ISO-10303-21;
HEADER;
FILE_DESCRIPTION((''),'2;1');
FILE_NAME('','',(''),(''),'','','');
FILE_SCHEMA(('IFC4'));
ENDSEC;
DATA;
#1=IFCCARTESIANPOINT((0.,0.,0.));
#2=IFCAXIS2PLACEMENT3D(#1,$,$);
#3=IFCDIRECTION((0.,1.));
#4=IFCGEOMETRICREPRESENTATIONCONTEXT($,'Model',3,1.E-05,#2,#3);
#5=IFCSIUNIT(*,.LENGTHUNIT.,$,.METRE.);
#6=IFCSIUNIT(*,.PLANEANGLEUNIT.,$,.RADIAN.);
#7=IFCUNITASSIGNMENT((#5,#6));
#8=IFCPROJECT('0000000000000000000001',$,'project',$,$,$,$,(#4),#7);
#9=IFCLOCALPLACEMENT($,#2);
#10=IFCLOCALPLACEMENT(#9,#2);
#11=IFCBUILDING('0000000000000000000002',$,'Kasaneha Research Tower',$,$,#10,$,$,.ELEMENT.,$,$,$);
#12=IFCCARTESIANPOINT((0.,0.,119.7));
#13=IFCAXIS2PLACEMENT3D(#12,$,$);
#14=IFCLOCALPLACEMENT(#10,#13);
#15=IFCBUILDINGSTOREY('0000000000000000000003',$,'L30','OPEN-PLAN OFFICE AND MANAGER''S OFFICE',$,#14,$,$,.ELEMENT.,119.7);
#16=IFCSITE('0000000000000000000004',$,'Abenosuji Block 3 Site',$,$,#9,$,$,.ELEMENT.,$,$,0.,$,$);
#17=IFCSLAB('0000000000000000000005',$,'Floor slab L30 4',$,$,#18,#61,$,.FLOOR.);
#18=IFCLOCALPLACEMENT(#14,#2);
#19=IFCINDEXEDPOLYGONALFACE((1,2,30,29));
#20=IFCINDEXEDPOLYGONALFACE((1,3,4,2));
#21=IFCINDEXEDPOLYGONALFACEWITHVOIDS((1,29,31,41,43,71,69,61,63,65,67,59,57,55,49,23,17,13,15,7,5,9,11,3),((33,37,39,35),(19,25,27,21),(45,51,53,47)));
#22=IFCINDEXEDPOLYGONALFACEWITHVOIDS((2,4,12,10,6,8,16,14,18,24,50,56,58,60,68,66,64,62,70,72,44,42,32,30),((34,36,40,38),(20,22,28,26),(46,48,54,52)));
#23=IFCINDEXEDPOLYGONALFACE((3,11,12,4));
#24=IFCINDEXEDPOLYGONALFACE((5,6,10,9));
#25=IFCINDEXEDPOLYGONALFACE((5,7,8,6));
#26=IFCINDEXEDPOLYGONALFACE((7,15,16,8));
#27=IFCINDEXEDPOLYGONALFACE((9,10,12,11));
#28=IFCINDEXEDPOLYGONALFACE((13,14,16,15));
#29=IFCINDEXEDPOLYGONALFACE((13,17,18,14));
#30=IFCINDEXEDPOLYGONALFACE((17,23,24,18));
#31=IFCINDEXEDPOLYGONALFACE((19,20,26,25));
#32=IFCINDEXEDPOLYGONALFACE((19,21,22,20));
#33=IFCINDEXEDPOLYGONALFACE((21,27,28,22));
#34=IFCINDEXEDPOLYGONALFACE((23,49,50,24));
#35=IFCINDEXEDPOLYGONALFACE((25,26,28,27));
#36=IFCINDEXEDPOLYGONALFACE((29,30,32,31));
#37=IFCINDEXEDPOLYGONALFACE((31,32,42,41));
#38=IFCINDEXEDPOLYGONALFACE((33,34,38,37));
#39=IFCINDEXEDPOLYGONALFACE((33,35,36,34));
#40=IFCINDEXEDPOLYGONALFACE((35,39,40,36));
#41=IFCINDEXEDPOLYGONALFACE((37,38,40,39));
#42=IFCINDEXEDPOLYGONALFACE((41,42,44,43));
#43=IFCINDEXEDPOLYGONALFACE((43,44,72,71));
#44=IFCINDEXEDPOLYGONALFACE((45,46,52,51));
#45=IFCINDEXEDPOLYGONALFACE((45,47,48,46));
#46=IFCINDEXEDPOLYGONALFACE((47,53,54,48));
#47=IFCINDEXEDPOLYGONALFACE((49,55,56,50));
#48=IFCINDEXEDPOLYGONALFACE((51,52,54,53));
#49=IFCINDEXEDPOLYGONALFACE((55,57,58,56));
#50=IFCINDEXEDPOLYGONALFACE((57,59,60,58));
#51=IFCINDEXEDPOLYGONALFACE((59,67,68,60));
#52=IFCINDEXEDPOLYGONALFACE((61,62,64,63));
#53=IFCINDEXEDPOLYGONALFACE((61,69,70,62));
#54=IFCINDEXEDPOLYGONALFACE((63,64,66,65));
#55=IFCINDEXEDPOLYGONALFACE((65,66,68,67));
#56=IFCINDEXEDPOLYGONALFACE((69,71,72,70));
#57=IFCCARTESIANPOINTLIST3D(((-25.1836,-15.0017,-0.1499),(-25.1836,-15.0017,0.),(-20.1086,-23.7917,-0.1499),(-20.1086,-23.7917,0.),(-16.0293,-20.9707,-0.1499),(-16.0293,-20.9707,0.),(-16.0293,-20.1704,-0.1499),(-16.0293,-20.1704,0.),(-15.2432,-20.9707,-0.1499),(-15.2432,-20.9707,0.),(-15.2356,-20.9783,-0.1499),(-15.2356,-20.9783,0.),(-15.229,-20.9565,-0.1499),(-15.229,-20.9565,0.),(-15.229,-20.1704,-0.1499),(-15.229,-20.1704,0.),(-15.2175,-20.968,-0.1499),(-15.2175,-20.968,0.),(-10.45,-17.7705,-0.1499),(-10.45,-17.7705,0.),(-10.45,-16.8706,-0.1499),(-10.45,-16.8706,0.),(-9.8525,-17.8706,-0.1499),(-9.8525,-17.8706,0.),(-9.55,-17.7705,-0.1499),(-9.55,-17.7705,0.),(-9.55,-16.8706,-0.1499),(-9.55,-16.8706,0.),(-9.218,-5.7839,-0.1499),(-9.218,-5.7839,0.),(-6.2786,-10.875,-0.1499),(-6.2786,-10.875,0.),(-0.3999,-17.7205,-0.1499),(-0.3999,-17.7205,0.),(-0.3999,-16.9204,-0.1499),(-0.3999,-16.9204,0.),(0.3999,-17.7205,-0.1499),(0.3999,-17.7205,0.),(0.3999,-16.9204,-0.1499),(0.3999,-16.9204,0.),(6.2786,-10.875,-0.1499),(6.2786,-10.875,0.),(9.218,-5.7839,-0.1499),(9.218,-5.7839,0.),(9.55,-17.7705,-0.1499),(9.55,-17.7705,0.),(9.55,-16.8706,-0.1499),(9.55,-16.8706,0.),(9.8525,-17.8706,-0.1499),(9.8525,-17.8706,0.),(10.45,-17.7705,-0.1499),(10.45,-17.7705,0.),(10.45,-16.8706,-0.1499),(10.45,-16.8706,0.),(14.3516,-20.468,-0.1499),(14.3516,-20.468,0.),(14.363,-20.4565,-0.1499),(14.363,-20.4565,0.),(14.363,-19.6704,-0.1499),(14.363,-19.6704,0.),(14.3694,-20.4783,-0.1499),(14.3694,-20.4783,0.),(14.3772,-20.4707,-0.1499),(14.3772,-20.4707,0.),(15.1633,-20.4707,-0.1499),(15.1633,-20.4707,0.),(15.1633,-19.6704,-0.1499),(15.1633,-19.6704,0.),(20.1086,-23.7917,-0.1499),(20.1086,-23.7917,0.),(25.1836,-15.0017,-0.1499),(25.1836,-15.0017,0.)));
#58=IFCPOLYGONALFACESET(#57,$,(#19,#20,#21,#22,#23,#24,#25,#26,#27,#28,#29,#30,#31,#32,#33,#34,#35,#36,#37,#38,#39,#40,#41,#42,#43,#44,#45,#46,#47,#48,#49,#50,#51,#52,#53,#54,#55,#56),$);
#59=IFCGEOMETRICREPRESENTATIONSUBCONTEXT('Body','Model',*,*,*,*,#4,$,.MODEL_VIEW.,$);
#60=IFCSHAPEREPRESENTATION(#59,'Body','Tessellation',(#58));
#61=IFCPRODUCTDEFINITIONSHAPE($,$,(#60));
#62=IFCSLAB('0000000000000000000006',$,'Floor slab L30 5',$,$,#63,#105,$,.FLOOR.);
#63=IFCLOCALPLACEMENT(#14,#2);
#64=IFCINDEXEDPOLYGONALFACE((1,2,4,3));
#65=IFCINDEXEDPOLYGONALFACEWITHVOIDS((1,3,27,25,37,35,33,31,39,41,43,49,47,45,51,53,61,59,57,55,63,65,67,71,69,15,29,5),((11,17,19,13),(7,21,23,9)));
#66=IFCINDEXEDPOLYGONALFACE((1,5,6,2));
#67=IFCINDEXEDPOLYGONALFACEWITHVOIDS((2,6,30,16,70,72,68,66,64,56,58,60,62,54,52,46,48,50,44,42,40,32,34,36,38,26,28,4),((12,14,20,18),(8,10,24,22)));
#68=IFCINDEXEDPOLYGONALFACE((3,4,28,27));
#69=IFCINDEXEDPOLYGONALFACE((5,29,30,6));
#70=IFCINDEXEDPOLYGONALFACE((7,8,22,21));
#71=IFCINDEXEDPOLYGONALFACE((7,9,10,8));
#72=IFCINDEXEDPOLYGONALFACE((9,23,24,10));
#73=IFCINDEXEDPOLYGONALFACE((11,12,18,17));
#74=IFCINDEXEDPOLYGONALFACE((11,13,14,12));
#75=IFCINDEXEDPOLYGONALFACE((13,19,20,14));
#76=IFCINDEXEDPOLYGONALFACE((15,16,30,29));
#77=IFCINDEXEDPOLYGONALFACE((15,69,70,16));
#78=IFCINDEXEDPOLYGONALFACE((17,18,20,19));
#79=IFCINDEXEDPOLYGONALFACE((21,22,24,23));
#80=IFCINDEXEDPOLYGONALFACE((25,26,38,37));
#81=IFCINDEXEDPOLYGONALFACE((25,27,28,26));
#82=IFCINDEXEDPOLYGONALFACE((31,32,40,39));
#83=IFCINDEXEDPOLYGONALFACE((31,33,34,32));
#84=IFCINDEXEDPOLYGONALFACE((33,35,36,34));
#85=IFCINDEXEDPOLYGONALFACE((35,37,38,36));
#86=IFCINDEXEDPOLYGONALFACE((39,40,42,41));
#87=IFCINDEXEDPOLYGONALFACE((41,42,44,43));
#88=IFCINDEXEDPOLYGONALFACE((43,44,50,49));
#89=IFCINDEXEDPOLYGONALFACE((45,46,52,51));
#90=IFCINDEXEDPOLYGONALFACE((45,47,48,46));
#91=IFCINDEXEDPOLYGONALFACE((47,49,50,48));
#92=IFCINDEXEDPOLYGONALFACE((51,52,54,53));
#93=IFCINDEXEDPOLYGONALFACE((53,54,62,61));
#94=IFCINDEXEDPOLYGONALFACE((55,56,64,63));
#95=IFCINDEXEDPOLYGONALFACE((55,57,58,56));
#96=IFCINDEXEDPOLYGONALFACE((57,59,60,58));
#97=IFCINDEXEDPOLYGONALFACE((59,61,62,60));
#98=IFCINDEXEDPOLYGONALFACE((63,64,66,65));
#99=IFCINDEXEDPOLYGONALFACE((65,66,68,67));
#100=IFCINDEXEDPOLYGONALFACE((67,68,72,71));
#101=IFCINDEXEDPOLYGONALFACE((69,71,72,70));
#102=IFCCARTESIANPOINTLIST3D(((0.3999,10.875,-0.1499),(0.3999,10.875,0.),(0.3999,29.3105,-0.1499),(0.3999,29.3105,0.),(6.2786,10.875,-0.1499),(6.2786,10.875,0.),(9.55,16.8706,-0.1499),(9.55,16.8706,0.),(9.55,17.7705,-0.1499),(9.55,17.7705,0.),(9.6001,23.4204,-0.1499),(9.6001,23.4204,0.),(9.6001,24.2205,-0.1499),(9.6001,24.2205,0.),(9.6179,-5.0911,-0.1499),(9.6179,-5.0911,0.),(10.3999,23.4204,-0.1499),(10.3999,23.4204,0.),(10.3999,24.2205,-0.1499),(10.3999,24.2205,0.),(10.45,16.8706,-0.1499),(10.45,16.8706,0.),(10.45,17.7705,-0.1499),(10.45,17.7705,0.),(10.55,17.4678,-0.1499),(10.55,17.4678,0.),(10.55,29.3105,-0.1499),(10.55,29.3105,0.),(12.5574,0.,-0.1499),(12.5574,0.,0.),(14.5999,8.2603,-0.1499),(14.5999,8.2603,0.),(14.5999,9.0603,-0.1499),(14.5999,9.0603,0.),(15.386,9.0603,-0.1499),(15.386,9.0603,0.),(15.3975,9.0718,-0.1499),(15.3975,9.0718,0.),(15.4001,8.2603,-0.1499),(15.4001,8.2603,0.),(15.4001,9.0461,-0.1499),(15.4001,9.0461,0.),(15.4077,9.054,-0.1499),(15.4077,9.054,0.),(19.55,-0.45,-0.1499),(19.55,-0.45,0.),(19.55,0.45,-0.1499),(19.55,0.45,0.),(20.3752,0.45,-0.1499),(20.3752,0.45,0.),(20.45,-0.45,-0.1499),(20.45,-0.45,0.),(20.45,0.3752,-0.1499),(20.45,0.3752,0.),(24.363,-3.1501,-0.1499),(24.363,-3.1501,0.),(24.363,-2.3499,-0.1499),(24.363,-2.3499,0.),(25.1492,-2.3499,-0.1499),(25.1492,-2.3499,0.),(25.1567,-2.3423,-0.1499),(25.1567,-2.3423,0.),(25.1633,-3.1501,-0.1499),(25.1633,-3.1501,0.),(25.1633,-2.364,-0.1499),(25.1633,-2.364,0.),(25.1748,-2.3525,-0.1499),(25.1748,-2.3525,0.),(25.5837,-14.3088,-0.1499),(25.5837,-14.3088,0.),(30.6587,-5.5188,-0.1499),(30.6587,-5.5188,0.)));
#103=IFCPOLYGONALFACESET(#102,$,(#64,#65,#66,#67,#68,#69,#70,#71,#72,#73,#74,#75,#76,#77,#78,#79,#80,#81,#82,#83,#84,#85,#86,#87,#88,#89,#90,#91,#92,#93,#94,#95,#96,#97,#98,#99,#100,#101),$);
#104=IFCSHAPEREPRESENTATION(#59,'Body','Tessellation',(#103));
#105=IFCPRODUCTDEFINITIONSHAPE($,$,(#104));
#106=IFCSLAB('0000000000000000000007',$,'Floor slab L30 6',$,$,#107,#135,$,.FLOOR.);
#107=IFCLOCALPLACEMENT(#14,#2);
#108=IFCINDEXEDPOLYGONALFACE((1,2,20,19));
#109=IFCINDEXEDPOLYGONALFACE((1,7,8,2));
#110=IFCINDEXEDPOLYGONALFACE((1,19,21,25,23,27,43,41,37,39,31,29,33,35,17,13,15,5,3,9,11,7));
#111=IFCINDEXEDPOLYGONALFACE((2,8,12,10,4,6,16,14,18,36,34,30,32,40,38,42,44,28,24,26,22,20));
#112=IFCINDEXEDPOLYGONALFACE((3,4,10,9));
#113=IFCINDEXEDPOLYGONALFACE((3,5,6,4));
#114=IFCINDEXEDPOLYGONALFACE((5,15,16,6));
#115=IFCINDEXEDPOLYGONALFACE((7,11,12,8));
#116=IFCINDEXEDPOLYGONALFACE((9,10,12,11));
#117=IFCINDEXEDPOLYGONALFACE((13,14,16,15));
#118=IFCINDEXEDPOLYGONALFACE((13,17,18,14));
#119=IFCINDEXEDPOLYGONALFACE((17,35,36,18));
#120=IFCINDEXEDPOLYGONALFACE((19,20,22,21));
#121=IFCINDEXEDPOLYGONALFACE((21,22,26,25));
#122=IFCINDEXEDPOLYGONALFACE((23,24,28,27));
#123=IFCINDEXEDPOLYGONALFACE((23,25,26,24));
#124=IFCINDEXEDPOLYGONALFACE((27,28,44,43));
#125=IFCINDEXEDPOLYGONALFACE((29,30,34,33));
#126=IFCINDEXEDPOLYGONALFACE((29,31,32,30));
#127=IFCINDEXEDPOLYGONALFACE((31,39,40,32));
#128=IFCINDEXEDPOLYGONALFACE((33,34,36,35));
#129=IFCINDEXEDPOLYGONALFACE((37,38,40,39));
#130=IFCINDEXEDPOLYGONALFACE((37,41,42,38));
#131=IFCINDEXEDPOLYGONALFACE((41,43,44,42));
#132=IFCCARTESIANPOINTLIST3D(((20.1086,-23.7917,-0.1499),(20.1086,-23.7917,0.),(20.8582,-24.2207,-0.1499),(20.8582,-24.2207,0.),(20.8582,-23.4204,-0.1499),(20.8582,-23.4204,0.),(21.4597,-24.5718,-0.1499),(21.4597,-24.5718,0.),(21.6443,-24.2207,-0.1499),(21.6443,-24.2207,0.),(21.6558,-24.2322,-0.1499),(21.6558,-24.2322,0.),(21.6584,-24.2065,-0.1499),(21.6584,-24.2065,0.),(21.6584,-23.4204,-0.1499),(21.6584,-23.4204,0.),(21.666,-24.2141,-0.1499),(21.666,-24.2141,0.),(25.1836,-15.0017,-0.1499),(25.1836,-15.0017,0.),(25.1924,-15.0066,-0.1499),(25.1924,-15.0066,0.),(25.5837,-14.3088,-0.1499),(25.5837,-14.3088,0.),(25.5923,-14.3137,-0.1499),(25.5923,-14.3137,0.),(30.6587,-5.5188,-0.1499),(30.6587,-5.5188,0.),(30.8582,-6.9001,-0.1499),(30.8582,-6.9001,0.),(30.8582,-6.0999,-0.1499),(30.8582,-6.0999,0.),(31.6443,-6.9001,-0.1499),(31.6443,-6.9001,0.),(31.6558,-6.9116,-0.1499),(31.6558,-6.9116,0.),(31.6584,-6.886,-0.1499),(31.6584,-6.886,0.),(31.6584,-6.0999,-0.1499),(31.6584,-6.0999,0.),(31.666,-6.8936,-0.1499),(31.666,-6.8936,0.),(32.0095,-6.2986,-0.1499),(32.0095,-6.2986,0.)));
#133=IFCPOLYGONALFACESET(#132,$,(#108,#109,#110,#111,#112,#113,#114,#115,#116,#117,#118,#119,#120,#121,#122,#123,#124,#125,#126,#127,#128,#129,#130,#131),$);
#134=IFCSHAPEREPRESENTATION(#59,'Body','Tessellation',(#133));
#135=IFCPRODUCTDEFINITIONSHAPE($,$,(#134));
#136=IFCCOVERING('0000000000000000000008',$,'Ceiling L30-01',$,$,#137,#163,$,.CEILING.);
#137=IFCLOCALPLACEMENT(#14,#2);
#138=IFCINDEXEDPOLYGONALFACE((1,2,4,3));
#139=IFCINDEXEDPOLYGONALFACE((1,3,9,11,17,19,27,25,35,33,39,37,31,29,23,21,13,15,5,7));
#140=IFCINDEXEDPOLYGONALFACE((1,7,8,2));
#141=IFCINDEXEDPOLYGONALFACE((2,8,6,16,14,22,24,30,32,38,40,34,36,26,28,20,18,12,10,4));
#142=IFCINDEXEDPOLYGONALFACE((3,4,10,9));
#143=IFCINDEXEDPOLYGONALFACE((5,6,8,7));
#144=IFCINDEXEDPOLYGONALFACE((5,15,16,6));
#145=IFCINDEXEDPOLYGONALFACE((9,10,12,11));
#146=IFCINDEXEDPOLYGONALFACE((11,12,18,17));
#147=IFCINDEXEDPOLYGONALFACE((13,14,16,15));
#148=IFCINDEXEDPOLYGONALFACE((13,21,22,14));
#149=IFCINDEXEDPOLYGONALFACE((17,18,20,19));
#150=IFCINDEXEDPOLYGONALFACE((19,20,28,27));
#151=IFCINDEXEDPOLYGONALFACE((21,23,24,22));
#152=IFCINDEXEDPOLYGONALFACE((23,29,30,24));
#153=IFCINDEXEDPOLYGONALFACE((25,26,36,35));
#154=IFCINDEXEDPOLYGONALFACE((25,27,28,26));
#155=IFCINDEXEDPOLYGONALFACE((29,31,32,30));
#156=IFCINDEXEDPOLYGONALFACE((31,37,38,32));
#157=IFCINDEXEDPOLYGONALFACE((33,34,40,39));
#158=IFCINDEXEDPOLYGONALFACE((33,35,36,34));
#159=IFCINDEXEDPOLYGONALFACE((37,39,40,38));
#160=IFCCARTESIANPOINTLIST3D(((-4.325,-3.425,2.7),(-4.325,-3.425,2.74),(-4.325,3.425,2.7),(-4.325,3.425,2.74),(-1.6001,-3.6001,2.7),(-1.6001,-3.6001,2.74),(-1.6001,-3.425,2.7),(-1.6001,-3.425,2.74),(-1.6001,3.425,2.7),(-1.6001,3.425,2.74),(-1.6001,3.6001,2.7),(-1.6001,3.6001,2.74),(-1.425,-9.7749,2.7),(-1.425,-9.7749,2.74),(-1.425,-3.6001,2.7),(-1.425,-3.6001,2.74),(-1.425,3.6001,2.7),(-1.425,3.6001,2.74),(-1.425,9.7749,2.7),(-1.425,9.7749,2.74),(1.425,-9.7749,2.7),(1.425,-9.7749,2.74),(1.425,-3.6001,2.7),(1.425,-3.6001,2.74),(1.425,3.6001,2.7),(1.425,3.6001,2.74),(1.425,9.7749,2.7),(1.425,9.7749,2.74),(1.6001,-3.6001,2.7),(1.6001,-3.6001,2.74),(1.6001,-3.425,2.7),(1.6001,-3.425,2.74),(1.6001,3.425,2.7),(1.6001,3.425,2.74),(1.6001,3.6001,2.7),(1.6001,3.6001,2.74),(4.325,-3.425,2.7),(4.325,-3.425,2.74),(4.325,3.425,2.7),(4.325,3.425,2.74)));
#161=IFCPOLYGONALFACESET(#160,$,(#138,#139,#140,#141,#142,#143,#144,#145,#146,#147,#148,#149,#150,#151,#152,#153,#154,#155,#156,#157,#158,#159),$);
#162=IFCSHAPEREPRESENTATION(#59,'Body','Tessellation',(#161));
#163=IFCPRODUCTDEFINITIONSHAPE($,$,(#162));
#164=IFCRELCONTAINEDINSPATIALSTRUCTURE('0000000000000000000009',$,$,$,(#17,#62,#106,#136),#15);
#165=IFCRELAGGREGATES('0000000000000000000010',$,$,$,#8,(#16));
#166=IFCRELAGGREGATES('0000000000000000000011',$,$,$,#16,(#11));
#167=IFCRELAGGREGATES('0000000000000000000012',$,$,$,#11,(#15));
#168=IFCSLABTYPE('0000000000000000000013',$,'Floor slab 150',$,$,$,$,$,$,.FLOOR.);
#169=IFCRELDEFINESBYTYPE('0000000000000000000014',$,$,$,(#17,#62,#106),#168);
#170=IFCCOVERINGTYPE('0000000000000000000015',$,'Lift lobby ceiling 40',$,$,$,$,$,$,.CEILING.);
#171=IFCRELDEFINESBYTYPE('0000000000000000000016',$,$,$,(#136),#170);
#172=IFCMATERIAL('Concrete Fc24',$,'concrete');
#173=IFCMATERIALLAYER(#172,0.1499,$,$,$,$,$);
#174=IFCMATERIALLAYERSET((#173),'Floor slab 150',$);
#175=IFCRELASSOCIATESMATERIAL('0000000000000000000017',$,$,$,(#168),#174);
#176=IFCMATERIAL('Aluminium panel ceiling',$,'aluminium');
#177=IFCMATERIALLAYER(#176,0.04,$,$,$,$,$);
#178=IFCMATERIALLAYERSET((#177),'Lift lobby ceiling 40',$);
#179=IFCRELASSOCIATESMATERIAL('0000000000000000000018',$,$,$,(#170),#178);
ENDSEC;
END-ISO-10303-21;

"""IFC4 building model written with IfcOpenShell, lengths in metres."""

from ifc_helpers import new_model, si_unit, direction, frame, origin, place, context, subcontext, project, spatial, polyline, outline, extrude, material, layer, layer_set, type_object, element, save


model = new_model("IFC4")

# Units and contexts
model_context = context("Model", 3, precision=1e-05, world=origin(), true_north=direction((0.0, 1.0)))
body_context = subcontext(model_context, "Body", "Model", "MODEL_VIEW")
ifc_project = project(units=[si_unit("LENGTHUNIT", "METRE"), si_unit("PLANEANGLEUNIT", "RADIAN")], contexts=[model_context])

# Site, building, storey
site_placement = place(None, origin())
site = spatial("IfcSite", under=ifc_project, at=site_placement, Name="Abenosuji Block 3 Site", CompositionType="ELEMENT", RefElevation=0.0)
building_placement = place(site_placement, origin())
building = spatial("IfcBuilding", under=site, at=building_placement, Name="Kasaneha Research Tower", CompositionType="ELEMENT")
storey_placement = place(building_placement, frame((0.0, 0.0, 119.7)))
storey = spatial("IfcBuildingStorey", under=building, at=storey_placement, Name="L30", Description="OPEN-PLAN OFFICE AND MANAGER'S OFFICE", CompositionType="ELEMENT", Elevation=119.7)

# Slabs
ifc_material_1 = material(Name="Concrete Fc24", Category="concrete")
ifc_layer_1 = layer(ifc_material_1, 0.1499)
ifc_layer_set_1 = layer_set([ifc_layer_1], Name="Floor slab 150")
slab_type_1 = type_object("IfcSlabType", Name="Floor slab 150", PredefinedType="FLOOR", material=ifc_layer_set_1)
slab_1_placement = place(storey_placement, frame((0.0, 0.0, -0.1499)))
element("IfcSlab", 1, at=slab_1_placement, inside=storey, type_object=slab_type_1, Name="Floor slab L30 4", PredefinedType="FLOOR", context=body_context, shape_type="SweptSolid", body=[
    extrude(outline(polyline([(-6.2786, -10.875), (6.2786, -10.875), (9.218, -5.7839), (25.1836, -15.0017), (20.1086, -23.7917), (14.3694, -20.4783), (14.3772, -20.4707), (15.1633, -20.4707), (15.1633, -19.6704), (14.363, -19.6704), (14.363, -20.4565), (14.3516, -20.468), (9.8525, -17.8706), (-9.8525, -17.8706), (-15.2175, -20.968), (-15.229, -20.9565), (-15.229, -20.1704), (-16.0293, -20.1704), (-16.0293, -20.9707), (-15.2432, -20.9707), (-15.2356, -20.9783), (-20.1086, -23.7917), (-25.1836, -15.0017), (-9.218, -5.7839), (-6.2786, -10.875)]), holes=[polyline([(0.3999, -17.7205), (0.3999, -16.9204), (-0.3999, -16.9204), (-0.3999, -17.7205), (0.3999, -17.7205)]), polyline([(-9.55, -16.8706), (-10.45, -16.8706), (-10.45, -17.7705), (-9.55, -17.7705), (-9.55, -16.8706)]), polyline([(10.45, -16.8706), (9.55, -16.8706), (9.55, -17.7705), (10.45, -17.7705), (10.45, -16.8706)])]), origin(), (0.0, 0.0, 1.0), 0.1499),
])
slab_2_placement = place(storey_placement, frame((0.0, 0.0, -0.1499)))
element("IfcSlab", 2, at=slab_2_placement, inside=storey, type_object=slab_type_1, Name="Floor slab L30 5", PredefinedType="FLOOR", context=body_context, shape_type="SweptSolid", body=[
    extrude(outline(polyline([(9.6179, -5.0911), (12.5574, 0.0), (6.2786, 10.875), (0.3999, 10.875), (0.3999, 29.3105), (10.55, 29.3105), (10.55, 17.4678), (15.3975, 9.0718), (15.386, 9.0603), (14.5999, 9.0603), (14.5999, 8.2603), (15.4001, 8.2603), (15.4001, 9.0461), (15.4077, 9.054), (20.3752, 0.45), (19.55, 0.45), (19.55, -0.45), (20.45, -0.45), (20.45, 0.3752), (25.1567, -2.3423), (25.1492, -2.3499), (24.363, -2.3499), (24.363, -3.1501), (25.1633, -3.1501), (25.1633, -2.364), (25.1748, -2.3525), (30.6587, -5.5188), (25.5837, -14.3088), (9.6179, -5.0911)]), holes=[polyline([(10.45, 16.8706), (10.45, 17.7705), (9.55, 17.7705), (9.55, 16.8706), (10.45, 16.8706)]), polyline([(10.3999, 23.4204), (10.3999, 24.2205), (9.6001, 24.2205), (9.6001, 23.4204), (10.3999, 23.4204)])]), origin(), (0.0, 0.0, 1.0), 0.1499),
])
slab_3_placement = place(storey_placement, frame((0.0, 0.0, -0.1499)))
element("IfcSlab", 3, at=slab_3_placement, inside=storey, type_object=slab_type_1, Name="Floor slab L30 6", PredefinedType="FLOOR", context=body_context, shape_type="SweptSolid", body=[
    extrude(outline(polyline([(25.1924, -15.0066), (25.5923, -14.3137), (25.5837, -14.3088), (30.6587, -5.5188), (32.0095, -6.2986), (31.666, -6.8936), (31.6584, -6.886), (31.6584, -6.0999), (30.8582, -6.0999), (30.8582, -6.9001), (31.6443, -6.9001), (31.6558, -6.9116), (21.666, -24.2141), (21.6584, -24.2065), (21.6584, -23.4204), (20.8582, -23.4204), (20.8582, -24.2207), (21.6443, -24.2207), (21.6558, -24.2322), (21.4597, -24.5718), (20.1086, -23.7917), (25.1836, -15.0017), (25.1924, -15.0066)])), origin(), (0.0, 0.0, 1.0), 0.1499),
])

# Covering
ifc_material_2 = material(Name="Aluminium panel ceiling", Category="aluminium")
ifc_layer_2 = layer(ifc_material_2, 0.04)
ifc_layer_set_2 = layer_set([ifc_layer_2], Name="Lift lobby ceiling 40")
covering_type_1 = type_object("IfcCoveringType", Name="Lift lobby ceiling 40", PredefinedType="CEILING", material=ifc_layer_set_2)
covering_1_placement = place(storey_placement, frame((0.0, 0.0, 2.7)))
element("IfcCovering", 4, at=covering_1_placement, inside=storey, type_object=covering_type_1, Name="Ceiling L30-01", PredefinedType="CEILING", context=body_context, shape_type="SweptSolid", body=[
    extrude(outline(polyline([(1.425, 9.7749), (1.425, 3.6001), (1.6001, 3.6001), (1.6001, 3.425), (4.325, 3.425), (4.325, -3.425), (1.6001, -3.425), (1.6001, -3.6001), (1.425, -3.6001), (1.425, -9.7749), (-1.425, -9.7749), (-1.425, -3.6001), (-1.6001, -3.6001), (-1.6001, -3.425), (-4.325, -3.425), (-4.325, 3.425), (-1.6001, 3.425), (-1.6001, 3.6001), (-1.425, 3.6001), (-1.425, 9.7749), (1.425, 9.7749)])), origin(), (0.0, 0.0, 1.0), 0.04),
])

save(model, "model.ifc")
